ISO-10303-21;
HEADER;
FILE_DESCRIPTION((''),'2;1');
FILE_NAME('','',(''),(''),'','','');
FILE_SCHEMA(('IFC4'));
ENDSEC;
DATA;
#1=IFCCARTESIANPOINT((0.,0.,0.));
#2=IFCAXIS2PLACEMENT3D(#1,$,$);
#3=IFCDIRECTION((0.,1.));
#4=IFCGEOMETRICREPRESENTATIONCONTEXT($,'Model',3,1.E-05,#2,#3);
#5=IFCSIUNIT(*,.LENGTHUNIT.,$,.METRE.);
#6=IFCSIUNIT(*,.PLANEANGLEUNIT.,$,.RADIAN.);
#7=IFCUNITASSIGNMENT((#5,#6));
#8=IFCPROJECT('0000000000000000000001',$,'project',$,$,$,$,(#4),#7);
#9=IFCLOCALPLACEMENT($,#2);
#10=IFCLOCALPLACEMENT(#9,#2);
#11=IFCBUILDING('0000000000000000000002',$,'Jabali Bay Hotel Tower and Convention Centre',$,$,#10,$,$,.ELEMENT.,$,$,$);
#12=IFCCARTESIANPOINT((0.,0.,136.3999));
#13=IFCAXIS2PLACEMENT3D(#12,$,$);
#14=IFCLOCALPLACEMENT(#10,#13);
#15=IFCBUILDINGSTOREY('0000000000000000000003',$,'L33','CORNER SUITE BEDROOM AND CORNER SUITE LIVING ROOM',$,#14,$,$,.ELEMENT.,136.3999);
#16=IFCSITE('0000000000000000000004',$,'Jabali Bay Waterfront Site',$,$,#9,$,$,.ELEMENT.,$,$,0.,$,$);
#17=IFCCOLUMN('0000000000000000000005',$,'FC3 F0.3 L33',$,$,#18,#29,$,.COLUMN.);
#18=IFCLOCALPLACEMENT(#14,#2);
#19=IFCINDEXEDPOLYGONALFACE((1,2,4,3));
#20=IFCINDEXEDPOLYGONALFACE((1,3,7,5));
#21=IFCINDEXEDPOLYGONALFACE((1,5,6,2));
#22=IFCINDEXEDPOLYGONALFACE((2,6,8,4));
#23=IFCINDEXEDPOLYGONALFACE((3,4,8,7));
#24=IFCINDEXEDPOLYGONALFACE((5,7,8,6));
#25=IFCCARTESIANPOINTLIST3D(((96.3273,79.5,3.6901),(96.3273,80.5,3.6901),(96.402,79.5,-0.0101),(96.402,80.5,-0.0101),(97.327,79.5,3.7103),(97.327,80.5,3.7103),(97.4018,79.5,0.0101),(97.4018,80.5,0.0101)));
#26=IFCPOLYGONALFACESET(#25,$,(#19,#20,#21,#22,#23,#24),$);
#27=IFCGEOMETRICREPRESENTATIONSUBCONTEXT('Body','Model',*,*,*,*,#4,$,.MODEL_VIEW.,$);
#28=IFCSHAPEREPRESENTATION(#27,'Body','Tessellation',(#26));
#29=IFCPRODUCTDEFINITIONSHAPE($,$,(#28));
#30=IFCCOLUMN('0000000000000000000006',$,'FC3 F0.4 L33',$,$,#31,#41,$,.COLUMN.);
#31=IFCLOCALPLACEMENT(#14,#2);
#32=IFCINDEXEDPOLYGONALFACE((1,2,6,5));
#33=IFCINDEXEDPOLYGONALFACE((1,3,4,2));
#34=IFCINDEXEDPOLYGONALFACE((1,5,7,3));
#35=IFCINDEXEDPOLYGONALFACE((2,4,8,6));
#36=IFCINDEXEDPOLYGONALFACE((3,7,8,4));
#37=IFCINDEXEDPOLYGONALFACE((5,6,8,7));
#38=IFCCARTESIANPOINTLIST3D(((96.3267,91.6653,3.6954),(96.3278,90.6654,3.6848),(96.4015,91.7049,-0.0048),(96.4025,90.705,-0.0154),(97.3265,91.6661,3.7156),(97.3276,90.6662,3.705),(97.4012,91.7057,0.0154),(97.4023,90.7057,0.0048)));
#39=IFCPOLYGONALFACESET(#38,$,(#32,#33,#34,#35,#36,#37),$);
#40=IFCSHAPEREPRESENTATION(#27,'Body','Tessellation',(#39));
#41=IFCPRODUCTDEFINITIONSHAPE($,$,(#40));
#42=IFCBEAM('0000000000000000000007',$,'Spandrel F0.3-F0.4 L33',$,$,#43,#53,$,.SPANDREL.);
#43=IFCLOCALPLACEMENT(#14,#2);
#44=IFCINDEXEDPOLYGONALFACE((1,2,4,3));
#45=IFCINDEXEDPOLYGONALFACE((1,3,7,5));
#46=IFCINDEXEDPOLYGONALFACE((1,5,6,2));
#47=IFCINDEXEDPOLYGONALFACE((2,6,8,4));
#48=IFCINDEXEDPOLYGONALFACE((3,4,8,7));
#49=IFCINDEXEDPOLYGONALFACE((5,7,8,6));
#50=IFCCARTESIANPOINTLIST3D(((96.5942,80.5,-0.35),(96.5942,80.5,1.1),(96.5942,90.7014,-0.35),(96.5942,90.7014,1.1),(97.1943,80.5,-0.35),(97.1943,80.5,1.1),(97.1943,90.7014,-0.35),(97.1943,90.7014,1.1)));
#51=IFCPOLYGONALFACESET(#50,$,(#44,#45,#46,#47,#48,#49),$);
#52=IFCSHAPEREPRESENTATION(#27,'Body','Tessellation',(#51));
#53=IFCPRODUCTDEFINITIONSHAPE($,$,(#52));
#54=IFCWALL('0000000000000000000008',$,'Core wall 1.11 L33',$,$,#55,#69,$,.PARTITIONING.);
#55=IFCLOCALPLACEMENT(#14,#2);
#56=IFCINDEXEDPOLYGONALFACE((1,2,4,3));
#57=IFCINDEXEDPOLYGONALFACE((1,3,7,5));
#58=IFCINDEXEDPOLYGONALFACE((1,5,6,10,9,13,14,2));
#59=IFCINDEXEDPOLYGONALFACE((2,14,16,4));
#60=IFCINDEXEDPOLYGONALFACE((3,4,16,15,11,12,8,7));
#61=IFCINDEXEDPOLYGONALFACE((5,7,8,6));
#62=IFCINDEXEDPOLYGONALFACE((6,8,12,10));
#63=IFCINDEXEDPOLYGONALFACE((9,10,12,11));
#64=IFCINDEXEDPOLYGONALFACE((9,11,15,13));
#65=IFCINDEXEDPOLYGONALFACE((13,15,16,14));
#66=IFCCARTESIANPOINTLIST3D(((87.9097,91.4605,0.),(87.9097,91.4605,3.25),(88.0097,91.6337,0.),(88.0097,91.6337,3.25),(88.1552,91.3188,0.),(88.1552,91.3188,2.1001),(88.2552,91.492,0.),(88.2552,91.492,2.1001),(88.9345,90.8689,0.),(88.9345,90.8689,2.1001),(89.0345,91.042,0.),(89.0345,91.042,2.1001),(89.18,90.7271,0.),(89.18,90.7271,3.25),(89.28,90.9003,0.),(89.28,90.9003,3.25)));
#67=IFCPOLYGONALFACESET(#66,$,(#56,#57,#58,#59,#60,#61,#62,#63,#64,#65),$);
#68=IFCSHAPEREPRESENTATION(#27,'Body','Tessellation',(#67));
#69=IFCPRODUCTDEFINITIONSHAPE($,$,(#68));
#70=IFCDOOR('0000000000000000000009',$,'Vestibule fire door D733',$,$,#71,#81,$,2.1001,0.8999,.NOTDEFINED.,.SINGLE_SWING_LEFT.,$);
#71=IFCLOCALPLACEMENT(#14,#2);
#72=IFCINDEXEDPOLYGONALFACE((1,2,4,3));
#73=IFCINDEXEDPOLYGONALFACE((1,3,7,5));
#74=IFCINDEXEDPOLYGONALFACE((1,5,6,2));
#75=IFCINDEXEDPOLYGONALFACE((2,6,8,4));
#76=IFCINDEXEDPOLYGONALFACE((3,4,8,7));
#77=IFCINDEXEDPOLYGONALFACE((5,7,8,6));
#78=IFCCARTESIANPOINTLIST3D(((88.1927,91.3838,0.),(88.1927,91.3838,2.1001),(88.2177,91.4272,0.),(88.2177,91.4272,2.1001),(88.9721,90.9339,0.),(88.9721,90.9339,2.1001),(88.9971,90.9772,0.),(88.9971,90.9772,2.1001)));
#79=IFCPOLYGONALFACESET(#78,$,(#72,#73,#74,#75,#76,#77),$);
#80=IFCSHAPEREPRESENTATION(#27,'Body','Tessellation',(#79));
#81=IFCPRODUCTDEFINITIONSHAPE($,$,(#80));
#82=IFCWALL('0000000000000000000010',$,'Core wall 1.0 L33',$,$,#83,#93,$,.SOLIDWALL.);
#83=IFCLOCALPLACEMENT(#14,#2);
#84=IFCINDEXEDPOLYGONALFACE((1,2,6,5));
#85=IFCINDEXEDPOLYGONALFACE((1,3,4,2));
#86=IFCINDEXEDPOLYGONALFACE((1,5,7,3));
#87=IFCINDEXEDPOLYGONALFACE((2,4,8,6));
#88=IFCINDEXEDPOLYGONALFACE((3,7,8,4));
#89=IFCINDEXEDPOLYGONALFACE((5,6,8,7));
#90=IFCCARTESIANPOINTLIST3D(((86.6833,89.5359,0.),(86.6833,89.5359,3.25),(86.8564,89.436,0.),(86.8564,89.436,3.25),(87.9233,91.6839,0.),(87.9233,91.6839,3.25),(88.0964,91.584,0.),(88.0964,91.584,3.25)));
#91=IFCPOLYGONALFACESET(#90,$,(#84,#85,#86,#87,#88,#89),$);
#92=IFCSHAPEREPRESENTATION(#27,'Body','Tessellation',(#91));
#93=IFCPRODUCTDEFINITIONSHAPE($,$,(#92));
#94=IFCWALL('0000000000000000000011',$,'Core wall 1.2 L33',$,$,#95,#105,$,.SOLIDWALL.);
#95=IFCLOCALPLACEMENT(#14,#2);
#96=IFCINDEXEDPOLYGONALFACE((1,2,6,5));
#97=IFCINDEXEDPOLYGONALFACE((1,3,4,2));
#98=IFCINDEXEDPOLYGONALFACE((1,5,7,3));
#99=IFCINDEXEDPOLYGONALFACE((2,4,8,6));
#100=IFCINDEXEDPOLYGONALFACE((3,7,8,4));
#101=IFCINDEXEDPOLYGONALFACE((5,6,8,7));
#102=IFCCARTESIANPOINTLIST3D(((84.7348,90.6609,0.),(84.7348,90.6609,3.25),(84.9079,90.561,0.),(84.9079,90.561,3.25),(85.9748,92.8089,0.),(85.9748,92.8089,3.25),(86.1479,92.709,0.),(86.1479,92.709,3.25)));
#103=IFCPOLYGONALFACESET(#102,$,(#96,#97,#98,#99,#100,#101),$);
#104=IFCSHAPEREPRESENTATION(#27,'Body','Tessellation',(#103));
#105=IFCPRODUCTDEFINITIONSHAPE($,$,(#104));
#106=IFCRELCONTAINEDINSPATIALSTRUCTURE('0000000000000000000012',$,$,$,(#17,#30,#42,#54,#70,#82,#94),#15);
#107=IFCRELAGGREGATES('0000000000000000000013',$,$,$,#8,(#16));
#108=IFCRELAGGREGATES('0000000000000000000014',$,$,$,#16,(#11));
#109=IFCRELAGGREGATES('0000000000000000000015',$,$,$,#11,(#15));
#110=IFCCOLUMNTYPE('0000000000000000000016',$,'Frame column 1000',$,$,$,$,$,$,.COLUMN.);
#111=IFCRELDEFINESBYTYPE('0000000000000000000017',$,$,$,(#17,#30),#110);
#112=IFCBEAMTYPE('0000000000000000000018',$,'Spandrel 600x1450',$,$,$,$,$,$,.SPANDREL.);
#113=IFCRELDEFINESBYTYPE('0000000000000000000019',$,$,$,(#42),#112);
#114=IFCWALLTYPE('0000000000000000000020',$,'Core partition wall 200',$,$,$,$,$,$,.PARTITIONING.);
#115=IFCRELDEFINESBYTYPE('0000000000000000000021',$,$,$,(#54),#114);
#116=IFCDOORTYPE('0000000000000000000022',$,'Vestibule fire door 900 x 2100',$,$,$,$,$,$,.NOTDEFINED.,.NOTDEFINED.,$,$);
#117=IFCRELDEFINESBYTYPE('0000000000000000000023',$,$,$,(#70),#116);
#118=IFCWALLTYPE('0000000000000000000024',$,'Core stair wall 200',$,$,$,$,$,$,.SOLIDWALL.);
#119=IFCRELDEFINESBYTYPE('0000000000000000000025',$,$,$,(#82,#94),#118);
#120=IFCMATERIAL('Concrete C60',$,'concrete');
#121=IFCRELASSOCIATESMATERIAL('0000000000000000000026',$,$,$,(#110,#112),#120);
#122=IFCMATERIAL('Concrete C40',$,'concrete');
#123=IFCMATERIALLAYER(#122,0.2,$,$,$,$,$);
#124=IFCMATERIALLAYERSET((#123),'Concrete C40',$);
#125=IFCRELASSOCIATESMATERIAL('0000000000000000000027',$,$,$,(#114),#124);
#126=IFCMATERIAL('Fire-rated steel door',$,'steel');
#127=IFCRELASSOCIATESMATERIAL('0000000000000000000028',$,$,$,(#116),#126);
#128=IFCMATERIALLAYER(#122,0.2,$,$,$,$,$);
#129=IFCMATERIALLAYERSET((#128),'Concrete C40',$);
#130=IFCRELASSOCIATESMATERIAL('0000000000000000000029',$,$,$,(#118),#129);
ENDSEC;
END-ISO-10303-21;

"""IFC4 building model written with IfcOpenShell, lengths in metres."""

from ifc_helpers import new_model, si_unit, direction, frame, frame_2d, origin, origin_2d, place, context, subcontext, project, spatial, rectangle, extrude, material, layer, layer_set, material_profile, profile_set, type_object, element, fill, save


model = new_model("IFC4")

# Units and contexts
model_context = context("Model", 3, precision=1e-05, world=origin(), true_north=direction((0.0, 1.0)))
body_context = subcontext(model_context, "Body", "Model", "MODEL_VIEW")
ifc_project = project(units=[si_unit("LENGTHUNIT", "METRE"), si_unit("PLANEANGLEUNIT", "RADIAN")], contexts=[model_context])

# Site, building, storey
site_placement = place(None, origin())
site = spatial("IfcSite", under=ifc_project, at=site_placement, Name="Jabali Bay Waterfront Site", CompositionType="ELEMENT", RefElevation=0.0)
building_placement = place(site_placement, origin())
building = spatial("IfcBuilding", under=site, at=building_placement, Name="Jabali Bay Hotel Tower and Convention Centre", CompositionType="ELEMENT")
storey_placement = place(building_placement, frame((0.0, 0.0, 136.3999)))
storey = spatial("IfcBuildingStorey", under=building, at=storey_placement, Name="L33", Description="CORNER SUITE BEDROOM AND CORNER SUITE LIVING ROOM", CompositionType="ELEMENT", Elevation=136.3999)

# Columns
ifc_material_1 = material(Name="Concrete C60", Category="concrete")
ifc_material_profile_1 = material_profile(ifc_material_1, rectangle(XDim=1.0, YDim=1.0, at=origin_2d()), Name="Frame column 1000")
ifc_profile_set_1 = profile_set([ifc_material_profile_1], Name="Concrete C60")
column_type = type_object("IfcColumnType", Name="Frame column 1000", PredefinedType="COLUMN", material=ifc_profile_set_1)
column_1_placement = place(storey_placement, frame((96.9019, 80.0, 0.0), z_axis=(-0.020186, 0.0, 0.999796), x_axis=(0.0, -1.0, 0.0)))
element("IfcColumn", 1, at=column_1_placement, inside=storey, type_object=column_type, Name="FC3 F0.3 L33", PredefinedType="COLUMN", context=body_context, shape_type="SweptSolid", body=[
    extrude(rectangle(XDim=1.0, YDim=1.0, at=origin_2d()), origin(), (0.0, 0.0, 1.0), 3.7009),
])
column_2_placement = place(storey_placement, frame((96.9019, 91.2053, 0.0), z_axis=(-0.020185, -0.010686, 0.999739), x_axis=(0.999796, 0.000797, 0.020194)))
element("IfcColumn", 2, at=column_2_placement, inside=storey, type_object=column_type, Name="FC3 F0.4 L33", PredefinedType="COLUMN", context=body_context, shape_type="SweptSolid", body=[
    extrude(rectangle(XDim=1.0, YDim=1.0, at=origin_2d()), origin(), (0.0, 0.0, 1.0), 3.7012),
])

# Beam
ifc_material_profile_2 = material_profile(ifc_material_1, rectangle(XDim=0.6001, YDim=1.45, at=origin_2d()), Name="Spandrel 600x1450")
ifc_profile_set_2 = profile_set([ifc_material_profile_2], Name="Concrete C60")
beam_type = type_object("IfcBeamType", Name="Spandrel 600x1450", PredefinedType="SPANDREL", material=ifc_profile_set_2)
beam_placement = place(storey_placement, frame((96.8943, 80.5, 0.375), z_axis=(0.0, 1.0, 0.0), x_axis=(-1.0, 0.0, 0.0)))
element("IfcBeam", 3, at=beam_placement, inside=storey, type_object=beam_type, Name="Spandrel F0.3-F0.4 L33", PredefinedType="SPANDREL", context=body_context, shape_type="SweptSolid", body=[
    extrude(rectangle(XDim=0.6001, YDim=1.45, at=origin_2d()), origin(), (0.0, 0.0, 1.0), 10.2014),
])

# Wall, opening, door
ifc_material_2 = material(Name="Concrete C40", Category="concrete")
ifc_layer_1 = layer(ifc_material_2, 0.2)
ifc_layer_set_1 = layer_set([ifc_layer_1], Name="Concrete C40")
wall_type_1 = type_object("IfcWallType", Name="Core partition wall 200", PredefinedType="PARTITIONING", material=ifc_layer_set_1)
wall_1_placement = place(storey_placement, frame((89.23, 90.8137, 0.0), z_axis=(0.0, 0.0, 1.0), x_axis=(-0.866022, 0.500006, 0.0)))
wall_1 = element("IfcWall", 4, at=wall_1_placement, inside=storey, type_object=wall_type_1, Name="Core wall 1.11 L33", PredefinedType="PARTITIONING", context=body_context, shape_type="SweptSolid", body=[
    extrude(rectangle(XDim=1.4668, YDim=0.2, at=frame_2d((0.7334, 0.0))), origin(), (0.0, 0.0, 1.0), 3.25),
])
opening_1_placement = place(wall_1_placement, frame((0.2834, 0.0, 0.0)))
opening_1 = element("IfcOpeningElement", 5, at=opening_1_placement, cuts=wall_1, PredefinedType="OPENING", context=body_context, shape_type="SweptSolid", body=[
    extrude(rectangle(XDim=0.8999, YDim=2.1001, at=frame_2d((0.45, 1.05))), frame((0.0, 0.1104, 0.0), z_axis=(0.0, -1.0, 0.0), x_axis=(1.0, 0.0, 0.0)), (0.0, 0.0, 1.0), 0.2209),
])
ifc_material_3 = material(Name="Fire-rated steel door", Category="steel")
door_type_1 = type_object("IfcDoorType", Name="Vestibule fire door 900 x 2100", OperationType="NOTDEFINED", PredefinedType="NOTDEFINED", material=ifc_material_3)
door_1_placement = place(opening_1_placement, origin())
door_1 = element("IfcDoor", 6, at=door_1_placement, inside=storey, type_object=door_type_1, Name="Vestibule fire door D733", OperationType="SINGLE_SWING_LEFT", OverallHeight=2.1001, OverallWidth=0.8999, PredefinedType="NOTDEFINED", context=body_context, shape_type="SweptSolid", body=[
    extrude(rectangle(XDim=0.8999, YDim=2.1001, at=frame_2d((0.45, 1.05))), frame((0.0, 0.0249, 0.0), z_axis=(0.0, -1.0, 0.0), x_axis=(1.0, 0.0, 0.0)), (0.0, 0.0, 1.0), 0.05),
])
fill(opening_1, door_1)

# Walls
ifc_layer_2 = layer(ifc_material_2, 0.2)
ifc_layer_set_2 = layer_set([ifc_layer_2], Name="Concrete C40")
wall_type_2 = type_object("IfcWallType", Name="Core stair wall 200", PredefinedType="SOLIDWALL", material=ifc_layer_set_2)
for number, where, z_axis, x_axis, name in (
    (7, (86.7698, 89.4858, 0.0), (0.0, 0.0, 1.0), (0.499961, 0.866048, 0.0), "Core wall 1.0 L33"),
    (8, (84.8213, 90.6108, 0.0), (0.0, 0.0, 1.0), (0.499961, 0.866048, 0.0), "Core wall 1.2 L33"),
):
    element("IfcWall", number, at=place(storey_placement, frame(where, z_axis=z_axis, x_axis=x_axis)), inside=storey, type_object=wall_type_2, Name=name, PredefinedType="SOLIDWALL", context=body_context, shape_type="SweptSolid", body=[
        extrude(rectangle(XDim=2.4802, YDim=0.2, at=frame_2d((1.2402, 0.0))), origin(), (0.0, 0.0, 1.0), 3.25),
    ])

save(model, "model.ifc")
